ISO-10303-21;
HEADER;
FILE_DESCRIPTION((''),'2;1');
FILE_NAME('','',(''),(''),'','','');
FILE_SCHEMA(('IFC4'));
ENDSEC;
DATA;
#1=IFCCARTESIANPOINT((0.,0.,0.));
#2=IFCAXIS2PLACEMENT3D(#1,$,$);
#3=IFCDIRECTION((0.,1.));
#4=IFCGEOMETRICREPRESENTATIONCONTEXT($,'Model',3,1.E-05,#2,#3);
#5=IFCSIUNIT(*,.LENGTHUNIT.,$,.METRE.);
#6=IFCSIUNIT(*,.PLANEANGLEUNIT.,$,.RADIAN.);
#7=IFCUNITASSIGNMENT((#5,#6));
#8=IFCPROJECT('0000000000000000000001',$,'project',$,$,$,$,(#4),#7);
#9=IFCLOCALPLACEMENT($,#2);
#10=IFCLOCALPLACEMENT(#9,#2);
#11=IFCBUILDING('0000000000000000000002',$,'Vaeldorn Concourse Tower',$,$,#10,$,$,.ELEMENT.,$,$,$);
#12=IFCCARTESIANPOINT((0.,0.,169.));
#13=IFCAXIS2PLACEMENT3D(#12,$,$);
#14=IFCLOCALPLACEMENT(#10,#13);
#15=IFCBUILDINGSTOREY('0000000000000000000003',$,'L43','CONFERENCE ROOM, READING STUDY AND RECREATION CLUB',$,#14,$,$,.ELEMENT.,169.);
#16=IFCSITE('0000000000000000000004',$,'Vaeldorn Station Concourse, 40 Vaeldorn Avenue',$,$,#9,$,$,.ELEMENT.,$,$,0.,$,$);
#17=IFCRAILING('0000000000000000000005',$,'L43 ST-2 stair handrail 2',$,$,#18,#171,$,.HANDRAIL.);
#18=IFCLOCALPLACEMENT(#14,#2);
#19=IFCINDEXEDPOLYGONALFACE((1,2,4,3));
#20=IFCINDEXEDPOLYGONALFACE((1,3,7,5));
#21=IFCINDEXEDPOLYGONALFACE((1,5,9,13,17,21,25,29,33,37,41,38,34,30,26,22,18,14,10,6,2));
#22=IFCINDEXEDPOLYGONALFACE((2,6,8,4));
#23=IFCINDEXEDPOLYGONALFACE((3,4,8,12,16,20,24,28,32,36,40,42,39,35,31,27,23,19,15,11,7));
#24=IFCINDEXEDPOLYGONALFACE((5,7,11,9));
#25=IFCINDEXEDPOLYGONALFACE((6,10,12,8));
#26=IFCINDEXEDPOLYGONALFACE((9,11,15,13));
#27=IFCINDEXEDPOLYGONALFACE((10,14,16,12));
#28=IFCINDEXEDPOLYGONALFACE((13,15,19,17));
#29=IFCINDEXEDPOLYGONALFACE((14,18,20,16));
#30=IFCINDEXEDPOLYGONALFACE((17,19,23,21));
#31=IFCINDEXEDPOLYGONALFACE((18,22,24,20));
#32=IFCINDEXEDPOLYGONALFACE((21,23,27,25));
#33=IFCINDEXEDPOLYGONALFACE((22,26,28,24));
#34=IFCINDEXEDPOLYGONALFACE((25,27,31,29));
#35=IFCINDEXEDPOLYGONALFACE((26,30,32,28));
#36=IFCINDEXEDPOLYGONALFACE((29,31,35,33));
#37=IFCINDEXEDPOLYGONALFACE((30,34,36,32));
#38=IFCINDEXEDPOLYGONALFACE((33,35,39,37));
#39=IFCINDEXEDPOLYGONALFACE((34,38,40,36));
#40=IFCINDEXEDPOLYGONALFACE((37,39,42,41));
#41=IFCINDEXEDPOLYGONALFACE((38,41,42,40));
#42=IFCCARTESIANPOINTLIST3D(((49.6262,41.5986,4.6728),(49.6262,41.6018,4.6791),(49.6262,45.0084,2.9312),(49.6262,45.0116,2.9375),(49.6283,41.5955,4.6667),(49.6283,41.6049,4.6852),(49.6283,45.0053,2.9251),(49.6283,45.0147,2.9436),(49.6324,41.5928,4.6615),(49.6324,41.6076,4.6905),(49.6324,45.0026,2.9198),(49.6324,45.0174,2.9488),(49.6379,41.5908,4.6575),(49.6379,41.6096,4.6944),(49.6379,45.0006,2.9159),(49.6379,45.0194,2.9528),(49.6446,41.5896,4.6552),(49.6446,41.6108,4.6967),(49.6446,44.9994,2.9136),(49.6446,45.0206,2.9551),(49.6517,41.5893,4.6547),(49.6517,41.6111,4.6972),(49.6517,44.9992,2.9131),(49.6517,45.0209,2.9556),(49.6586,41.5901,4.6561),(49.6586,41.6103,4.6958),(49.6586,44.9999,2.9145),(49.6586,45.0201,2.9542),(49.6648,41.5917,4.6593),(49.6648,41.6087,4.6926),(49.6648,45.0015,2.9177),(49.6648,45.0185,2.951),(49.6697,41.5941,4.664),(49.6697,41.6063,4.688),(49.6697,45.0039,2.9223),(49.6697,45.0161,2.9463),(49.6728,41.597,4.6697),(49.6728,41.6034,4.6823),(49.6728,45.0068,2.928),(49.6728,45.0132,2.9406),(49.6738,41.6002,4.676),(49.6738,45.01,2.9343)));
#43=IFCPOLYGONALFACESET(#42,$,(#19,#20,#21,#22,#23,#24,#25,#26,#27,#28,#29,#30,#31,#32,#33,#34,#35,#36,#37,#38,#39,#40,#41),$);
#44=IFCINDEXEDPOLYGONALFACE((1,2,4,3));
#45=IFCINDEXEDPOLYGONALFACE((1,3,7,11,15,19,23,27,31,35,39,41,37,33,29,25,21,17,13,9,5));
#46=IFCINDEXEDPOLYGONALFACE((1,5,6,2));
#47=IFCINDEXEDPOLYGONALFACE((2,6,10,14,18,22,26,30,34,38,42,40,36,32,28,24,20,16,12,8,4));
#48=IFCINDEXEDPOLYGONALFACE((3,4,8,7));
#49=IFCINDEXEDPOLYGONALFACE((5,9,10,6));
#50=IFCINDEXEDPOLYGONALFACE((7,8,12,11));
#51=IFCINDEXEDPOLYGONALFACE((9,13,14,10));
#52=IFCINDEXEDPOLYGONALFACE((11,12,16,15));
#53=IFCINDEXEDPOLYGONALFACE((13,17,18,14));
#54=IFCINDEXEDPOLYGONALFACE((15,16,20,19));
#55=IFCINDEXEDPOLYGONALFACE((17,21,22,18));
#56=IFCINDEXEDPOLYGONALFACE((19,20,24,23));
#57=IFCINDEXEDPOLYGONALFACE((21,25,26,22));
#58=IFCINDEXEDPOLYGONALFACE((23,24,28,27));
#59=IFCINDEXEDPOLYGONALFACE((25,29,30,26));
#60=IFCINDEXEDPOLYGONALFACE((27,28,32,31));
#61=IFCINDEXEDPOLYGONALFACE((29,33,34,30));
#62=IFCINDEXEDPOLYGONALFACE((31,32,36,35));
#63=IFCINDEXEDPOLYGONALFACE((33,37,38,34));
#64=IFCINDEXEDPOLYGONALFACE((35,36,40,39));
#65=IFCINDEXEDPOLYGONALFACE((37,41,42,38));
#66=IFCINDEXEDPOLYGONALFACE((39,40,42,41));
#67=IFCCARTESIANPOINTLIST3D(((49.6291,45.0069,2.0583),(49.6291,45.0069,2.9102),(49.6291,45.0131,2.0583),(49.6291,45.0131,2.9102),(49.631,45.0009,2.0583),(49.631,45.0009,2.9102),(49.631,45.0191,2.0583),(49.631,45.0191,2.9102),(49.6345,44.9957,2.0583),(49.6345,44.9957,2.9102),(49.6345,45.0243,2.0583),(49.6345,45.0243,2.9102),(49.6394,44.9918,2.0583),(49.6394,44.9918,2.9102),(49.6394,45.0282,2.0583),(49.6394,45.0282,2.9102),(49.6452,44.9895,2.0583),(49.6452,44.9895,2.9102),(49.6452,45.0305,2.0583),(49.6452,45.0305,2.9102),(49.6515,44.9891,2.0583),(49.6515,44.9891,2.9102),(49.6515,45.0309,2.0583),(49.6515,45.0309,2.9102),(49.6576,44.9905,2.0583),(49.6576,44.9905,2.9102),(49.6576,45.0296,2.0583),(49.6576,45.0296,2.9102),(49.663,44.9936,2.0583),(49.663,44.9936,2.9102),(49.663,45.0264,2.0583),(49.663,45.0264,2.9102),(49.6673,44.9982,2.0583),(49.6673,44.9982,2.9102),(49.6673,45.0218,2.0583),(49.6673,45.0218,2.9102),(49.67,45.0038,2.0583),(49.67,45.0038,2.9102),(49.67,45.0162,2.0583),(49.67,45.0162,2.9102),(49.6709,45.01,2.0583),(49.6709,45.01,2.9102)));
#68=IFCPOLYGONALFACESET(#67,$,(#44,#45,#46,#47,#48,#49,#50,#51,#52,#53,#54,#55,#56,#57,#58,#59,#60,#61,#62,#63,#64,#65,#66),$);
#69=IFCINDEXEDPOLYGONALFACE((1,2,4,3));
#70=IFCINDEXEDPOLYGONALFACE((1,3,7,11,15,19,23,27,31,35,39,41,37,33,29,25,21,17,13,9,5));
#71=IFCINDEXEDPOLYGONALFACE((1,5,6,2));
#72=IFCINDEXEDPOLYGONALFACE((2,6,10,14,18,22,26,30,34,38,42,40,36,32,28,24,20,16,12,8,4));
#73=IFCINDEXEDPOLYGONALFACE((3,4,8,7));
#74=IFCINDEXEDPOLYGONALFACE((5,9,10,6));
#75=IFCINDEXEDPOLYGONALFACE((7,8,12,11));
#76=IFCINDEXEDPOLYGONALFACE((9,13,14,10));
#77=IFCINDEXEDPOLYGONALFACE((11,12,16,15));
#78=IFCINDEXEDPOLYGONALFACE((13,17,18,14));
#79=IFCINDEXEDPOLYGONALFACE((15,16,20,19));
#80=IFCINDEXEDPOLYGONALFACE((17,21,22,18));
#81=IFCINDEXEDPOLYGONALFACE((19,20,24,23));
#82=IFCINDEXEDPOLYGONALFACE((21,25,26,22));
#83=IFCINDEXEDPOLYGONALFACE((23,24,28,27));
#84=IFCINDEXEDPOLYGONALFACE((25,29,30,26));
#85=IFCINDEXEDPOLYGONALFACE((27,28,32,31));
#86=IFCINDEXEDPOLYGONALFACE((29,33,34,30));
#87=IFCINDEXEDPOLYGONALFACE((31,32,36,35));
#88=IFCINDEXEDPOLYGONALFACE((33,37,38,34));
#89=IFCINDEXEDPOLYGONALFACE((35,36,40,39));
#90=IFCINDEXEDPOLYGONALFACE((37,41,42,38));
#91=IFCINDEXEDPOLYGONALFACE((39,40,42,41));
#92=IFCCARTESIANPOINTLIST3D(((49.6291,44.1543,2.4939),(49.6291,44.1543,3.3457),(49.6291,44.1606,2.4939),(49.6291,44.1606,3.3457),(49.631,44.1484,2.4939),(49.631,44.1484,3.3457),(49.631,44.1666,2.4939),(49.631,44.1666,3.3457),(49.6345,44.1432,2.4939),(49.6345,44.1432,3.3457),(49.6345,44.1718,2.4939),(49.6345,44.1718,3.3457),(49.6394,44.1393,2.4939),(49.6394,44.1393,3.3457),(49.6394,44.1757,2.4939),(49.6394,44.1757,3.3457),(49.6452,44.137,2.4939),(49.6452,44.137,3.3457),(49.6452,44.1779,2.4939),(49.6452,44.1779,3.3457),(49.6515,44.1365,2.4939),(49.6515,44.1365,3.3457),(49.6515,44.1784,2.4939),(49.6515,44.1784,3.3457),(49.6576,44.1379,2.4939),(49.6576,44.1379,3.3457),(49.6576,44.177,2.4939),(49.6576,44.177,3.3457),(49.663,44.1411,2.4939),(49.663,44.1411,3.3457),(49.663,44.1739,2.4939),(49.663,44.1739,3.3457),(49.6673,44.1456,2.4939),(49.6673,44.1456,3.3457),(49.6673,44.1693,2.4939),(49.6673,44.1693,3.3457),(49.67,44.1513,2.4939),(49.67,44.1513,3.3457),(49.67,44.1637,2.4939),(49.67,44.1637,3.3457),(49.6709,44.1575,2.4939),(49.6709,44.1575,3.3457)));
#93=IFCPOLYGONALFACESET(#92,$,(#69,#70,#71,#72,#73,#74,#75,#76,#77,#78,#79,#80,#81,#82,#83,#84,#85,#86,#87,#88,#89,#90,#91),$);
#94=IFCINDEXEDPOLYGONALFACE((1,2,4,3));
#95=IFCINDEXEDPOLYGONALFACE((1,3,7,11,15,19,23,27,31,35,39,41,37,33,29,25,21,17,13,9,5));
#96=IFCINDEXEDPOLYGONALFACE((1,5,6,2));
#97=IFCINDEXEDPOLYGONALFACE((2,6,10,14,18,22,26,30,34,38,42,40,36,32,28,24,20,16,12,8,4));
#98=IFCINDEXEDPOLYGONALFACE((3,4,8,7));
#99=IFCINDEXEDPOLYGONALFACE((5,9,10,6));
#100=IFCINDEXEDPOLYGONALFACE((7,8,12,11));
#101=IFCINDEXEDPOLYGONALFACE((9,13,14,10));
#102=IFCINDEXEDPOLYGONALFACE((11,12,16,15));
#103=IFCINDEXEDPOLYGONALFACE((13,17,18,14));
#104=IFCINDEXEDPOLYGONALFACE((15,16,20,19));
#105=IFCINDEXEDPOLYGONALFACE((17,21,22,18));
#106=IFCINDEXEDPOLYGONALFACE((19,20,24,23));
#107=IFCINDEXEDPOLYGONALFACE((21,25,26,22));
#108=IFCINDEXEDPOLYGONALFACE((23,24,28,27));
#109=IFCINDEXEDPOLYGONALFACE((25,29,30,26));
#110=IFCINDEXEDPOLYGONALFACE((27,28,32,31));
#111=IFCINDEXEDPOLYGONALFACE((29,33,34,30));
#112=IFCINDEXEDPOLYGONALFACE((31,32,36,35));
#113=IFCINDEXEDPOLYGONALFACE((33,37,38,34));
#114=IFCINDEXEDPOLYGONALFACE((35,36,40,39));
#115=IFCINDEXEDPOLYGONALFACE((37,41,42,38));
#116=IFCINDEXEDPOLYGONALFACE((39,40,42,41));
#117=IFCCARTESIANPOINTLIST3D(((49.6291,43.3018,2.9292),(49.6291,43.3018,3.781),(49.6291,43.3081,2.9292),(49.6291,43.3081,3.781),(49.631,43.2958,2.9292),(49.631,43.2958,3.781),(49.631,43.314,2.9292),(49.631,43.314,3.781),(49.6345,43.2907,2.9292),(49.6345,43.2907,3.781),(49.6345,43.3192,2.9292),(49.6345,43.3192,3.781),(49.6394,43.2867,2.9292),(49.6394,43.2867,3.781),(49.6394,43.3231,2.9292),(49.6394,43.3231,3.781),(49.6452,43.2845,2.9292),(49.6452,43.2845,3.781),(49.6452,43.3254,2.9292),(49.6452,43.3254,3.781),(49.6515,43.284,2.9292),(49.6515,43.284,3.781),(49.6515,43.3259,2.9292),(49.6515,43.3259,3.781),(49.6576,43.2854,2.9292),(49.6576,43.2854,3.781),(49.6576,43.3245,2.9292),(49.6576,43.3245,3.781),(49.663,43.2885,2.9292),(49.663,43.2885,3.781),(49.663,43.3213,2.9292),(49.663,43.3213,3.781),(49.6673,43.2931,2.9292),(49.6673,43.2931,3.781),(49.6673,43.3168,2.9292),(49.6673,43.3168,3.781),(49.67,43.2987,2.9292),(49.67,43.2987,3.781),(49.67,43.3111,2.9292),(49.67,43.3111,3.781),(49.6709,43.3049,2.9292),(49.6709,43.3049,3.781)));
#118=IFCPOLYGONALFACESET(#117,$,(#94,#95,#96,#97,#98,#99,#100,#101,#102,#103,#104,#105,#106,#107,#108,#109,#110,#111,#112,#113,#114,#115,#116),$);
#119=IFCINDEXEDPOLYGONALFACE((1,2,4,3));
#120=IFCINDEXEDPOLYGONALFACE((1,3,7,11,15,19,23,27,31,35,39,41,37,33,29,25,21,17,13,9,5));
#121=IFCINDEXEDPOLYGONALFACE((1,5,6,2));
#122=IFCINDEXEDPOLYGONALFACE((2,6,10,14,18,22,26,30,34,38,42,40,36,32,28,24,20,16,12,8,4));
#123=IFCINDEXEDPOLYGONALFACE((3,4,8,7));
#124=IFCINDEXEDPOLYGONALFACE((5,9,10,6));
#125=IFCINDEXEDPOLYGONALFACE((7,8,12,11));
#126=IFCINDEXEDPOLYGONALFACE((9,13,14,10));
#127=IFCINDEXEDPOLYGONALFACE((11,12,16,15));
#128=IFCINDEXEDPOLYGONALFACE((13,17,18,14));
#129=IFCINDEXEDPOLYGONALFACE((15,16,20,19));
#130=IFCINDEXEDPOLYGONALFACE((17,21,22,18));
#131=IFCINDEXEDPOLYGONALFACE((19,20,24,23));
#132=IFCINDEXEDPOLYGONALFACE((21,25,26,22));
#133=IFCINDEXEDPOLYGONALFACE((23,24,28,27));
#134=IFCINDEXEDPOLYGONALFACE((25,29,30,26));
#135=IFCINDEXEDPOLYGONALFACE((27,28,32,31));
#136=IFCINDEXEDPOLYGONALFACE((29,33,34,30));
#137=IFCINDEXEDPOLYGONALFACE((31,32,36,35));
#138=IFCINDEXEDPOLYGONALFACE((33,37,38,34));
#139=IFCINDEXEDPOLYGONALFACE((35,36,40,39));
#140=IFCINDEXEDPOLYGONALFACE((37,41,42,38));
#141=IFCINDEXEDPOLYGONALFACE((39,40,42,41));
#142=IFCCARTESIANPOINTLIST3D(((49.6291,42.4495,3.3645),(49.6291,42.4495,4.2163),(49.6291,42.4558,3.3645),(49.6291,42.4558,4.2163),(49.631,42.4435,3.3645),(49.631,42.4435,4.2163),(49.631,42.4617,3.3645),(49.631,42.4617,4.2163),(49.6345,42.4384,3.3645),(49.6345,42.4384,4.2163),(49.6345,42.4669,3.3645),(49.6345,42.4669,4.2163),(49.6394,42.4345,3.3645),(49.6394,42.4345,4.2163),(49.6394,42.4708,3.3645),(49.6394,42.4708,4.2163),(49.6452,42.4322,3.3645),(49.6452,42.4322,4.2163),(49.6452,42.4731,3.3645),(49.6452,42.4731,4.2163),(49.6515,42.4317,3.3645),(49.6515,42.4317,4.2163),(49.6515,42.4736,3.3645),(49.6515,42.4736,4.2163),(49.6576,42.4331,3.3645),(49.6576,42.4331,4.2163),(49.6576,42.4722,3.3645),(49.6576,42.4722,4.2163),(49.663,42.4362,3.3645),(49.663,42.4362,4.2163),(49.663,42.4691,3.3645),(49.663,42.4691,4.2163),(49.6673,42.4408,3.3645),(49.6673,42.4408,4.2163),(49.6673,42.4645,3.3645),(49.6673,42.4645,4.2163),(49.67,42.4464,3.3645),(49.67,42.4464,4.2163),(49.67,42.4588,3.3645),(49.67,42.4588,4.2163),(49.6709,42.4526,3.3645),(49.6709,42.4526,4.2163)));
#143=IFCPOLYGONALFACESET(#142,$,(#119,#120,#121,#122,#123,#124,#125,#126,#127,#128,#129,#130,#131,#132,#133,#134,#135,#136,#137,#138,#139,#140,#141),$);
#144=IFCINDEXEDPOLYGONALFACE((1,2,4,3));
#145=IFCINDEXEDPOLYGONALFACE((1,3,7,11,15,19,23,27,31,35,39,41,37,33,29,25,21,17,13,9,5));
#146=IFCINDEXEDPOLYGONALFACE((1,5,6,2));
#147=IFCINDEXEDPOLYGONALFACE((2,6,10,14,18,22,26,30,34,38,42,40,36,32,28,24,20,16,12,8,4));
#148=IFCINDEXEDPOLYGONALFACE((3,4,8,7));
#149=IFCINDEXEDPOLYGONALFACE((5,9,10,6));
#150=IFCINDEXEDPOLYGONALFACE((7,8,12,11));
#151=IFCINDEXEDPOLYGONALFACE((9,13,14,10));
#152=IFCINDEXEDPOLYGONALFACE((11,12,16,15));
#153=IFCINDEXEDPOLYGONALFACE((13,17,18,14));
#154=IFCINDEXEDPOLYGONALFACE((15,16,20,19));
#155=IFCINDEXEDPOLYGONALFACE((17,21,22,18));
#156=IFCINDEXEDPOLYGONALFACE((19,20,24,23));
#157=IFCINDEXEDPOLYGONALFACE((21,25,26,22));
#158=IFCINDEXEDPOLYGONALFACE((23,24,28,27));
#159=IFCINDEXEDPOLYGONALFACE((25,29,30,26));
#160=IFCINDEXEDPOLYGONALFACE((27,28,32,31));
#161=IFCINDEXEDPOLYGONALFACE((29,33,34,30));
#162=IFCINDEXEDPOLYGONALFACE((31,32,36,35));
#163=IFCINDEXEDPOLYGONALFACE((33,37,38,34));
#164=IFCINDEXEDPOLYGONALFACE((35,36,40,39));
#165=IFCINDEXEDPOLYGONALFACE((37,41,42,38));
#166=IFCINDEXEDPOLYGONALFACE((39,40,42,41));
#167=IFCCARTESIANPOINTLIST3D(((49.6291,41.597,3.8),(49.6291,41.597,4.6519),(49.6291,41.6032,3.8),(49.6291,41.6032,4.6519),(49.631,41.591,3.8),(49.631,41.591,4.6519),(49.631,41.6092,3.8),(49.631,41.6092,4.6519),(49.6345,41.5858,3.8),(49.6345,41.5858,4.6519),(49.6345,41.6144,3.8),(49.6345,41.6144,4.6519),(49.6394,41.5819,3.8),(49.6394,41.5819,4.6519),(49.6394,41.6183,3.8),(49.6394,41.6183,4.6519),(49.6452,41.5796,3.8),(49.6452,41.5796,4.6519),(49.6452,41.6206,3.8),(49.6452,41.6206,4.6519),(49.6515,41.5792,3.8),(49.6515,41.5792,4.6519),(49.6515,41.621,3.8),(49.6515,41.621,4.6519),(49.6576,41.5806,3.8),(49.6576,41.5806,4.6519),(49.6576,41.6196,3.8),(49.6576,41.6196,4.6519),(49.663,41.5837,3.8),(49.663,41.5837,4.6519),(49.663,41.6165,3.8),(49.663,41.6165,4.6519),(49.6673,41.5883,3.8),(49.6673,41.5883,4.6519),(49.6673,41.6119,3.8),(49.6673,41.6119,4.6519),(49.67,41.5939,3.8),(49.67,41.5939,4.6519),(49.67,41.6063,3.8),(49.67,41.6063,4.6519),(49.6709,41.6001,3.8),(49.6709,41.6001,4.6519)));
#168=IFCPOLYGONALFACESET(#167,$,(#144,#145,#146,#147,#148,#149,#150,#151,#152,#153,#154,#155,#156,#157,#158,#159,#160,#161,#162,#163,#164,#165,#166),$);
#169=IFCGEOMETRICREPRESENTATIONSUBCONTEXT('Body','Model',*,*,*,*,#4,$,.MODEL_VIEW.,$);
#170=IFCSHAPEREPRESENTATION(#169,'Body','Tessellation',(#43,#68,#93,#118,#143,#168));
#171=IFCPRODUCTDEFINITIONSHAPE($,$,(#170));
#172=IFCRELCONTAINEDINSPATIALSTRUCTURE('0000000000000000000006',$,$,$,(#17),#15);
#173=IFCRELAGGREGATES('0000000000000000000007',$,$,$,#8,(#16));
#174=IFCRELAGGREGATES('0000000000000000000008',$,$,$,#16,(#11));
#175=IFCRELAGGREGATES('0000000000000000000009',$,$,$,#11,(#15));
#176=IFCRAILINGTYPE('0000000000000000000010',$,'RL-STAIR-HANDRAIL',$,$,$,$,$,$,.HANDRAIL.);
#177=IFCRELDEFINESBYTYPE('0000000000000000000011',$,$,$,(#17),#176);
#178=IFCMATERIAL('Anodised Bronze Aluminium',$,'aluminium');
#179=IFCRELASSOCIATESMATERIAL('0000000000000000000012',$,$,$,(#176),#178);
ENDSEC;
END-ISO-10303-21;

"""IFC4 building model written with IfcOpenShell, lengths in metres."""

from ifc_helpers import new_model, si_unit, direction, frame, origin, origin_2d, place, context, subcontext, project, spatial, circle, extrude, material, type_object, element, save


model = new_model("IFC4")

# Units and contexts
model_context = context("Model", 3, precision=1e-05, world=origin(), true_north=direction((0.0, 1.0)))
body_context = subcontext(model_context, "Body", "Model", "MODEL_VIEW")
ifc_project = project(units=[si_unit("LENGTHUNIT", "METRE"), si_unit("PLANEANGLEUNIT", "RADIAN")], contexts=[model_context])

# Site, building, storey
site_placement = place(None, origin())
site = spatial("IfcSite", under=ifc_project, at=site_placement, Name="Vaeldorn Station Concourse, 40 Vaeldorn Avenue", CompositionType="ELEMENT", RefElevation=0.0)
building_placement = place(site_placement, origin())
building = spatial("IfcBuilding", under=site, at=building_placement, Name="Vaeldorn Concourse Tower", CompositionType="ELEMENT")
storey_placement = place(building_placement, frame((0.0, 0.0, 169.0)))
storey = spatial("IfcBuildingStorey", under=building, at=storey_placement, Name="L43", Description="CONFERENCE ROOM, READING STUDY AND RECREATION CLUB", CompositionType="ELEMENT", Elevation=169.0)

# Shared definitions
ifc_material_1 = material(Name="Anodised Bronze Aluminium", Category="aluminium")

# Railing
railing_type_1 = type_object("IfcRailingType", Name="RL-STAIR-HANDRAIL", PredefinedType="HANDRAIL", material=ifc_material_1)
railing_1_placement = place(storey_placement, frame((49.6499, 45.01, 2.0583)))
element("IfcRailing", 1, at=railing_1_placement, inside=storey, type_object=railing_type_1, Name="L43 ST-2 stair handrail 2", PredefinedType="HANDRAIL", context=body_context, shape_type="SweptSolid", body=[
    extrude(circle(Radius=0.0239, at=origin_2d()), frame((0.0, 0.0, 0.876), z_axis=(0.0, -0.890556, 0.454874), x_axis=(1.0, 0.0, 0.0)), (0.0, 0.0, 1.0), 3.8289),
    extrude(circle(Radius=0.021, at=origin_2d()), origin(), (0.0, 0.0, 1.0), 0.8518),
    extrude(circle(Radius=0.021, at=origin_2d()), frame((0.0, -0.8525, 0.4355)), (0.0, 0.0, 1.0), 0.8518),
    extrude(circle(Radius=0.021, at=origin_2d()), frame((0.0, -1.7051, 0.8708)), (0.0, 0.0, 1.0), 0.8518),
    extrude(circle(Radius=0.021, at=origin_2d()), frame((0.0, -2.5574, 1.3062)), (0.0, 0.0, 1.0), 0.8518),
    extrude(circle(Radius=0.021, at=origin_2d()), frame((0.0, -3.4099, 1.7417)), (0.0, 0.0, 1.0), 0.8518),
])

save(model, "model.ifc")
